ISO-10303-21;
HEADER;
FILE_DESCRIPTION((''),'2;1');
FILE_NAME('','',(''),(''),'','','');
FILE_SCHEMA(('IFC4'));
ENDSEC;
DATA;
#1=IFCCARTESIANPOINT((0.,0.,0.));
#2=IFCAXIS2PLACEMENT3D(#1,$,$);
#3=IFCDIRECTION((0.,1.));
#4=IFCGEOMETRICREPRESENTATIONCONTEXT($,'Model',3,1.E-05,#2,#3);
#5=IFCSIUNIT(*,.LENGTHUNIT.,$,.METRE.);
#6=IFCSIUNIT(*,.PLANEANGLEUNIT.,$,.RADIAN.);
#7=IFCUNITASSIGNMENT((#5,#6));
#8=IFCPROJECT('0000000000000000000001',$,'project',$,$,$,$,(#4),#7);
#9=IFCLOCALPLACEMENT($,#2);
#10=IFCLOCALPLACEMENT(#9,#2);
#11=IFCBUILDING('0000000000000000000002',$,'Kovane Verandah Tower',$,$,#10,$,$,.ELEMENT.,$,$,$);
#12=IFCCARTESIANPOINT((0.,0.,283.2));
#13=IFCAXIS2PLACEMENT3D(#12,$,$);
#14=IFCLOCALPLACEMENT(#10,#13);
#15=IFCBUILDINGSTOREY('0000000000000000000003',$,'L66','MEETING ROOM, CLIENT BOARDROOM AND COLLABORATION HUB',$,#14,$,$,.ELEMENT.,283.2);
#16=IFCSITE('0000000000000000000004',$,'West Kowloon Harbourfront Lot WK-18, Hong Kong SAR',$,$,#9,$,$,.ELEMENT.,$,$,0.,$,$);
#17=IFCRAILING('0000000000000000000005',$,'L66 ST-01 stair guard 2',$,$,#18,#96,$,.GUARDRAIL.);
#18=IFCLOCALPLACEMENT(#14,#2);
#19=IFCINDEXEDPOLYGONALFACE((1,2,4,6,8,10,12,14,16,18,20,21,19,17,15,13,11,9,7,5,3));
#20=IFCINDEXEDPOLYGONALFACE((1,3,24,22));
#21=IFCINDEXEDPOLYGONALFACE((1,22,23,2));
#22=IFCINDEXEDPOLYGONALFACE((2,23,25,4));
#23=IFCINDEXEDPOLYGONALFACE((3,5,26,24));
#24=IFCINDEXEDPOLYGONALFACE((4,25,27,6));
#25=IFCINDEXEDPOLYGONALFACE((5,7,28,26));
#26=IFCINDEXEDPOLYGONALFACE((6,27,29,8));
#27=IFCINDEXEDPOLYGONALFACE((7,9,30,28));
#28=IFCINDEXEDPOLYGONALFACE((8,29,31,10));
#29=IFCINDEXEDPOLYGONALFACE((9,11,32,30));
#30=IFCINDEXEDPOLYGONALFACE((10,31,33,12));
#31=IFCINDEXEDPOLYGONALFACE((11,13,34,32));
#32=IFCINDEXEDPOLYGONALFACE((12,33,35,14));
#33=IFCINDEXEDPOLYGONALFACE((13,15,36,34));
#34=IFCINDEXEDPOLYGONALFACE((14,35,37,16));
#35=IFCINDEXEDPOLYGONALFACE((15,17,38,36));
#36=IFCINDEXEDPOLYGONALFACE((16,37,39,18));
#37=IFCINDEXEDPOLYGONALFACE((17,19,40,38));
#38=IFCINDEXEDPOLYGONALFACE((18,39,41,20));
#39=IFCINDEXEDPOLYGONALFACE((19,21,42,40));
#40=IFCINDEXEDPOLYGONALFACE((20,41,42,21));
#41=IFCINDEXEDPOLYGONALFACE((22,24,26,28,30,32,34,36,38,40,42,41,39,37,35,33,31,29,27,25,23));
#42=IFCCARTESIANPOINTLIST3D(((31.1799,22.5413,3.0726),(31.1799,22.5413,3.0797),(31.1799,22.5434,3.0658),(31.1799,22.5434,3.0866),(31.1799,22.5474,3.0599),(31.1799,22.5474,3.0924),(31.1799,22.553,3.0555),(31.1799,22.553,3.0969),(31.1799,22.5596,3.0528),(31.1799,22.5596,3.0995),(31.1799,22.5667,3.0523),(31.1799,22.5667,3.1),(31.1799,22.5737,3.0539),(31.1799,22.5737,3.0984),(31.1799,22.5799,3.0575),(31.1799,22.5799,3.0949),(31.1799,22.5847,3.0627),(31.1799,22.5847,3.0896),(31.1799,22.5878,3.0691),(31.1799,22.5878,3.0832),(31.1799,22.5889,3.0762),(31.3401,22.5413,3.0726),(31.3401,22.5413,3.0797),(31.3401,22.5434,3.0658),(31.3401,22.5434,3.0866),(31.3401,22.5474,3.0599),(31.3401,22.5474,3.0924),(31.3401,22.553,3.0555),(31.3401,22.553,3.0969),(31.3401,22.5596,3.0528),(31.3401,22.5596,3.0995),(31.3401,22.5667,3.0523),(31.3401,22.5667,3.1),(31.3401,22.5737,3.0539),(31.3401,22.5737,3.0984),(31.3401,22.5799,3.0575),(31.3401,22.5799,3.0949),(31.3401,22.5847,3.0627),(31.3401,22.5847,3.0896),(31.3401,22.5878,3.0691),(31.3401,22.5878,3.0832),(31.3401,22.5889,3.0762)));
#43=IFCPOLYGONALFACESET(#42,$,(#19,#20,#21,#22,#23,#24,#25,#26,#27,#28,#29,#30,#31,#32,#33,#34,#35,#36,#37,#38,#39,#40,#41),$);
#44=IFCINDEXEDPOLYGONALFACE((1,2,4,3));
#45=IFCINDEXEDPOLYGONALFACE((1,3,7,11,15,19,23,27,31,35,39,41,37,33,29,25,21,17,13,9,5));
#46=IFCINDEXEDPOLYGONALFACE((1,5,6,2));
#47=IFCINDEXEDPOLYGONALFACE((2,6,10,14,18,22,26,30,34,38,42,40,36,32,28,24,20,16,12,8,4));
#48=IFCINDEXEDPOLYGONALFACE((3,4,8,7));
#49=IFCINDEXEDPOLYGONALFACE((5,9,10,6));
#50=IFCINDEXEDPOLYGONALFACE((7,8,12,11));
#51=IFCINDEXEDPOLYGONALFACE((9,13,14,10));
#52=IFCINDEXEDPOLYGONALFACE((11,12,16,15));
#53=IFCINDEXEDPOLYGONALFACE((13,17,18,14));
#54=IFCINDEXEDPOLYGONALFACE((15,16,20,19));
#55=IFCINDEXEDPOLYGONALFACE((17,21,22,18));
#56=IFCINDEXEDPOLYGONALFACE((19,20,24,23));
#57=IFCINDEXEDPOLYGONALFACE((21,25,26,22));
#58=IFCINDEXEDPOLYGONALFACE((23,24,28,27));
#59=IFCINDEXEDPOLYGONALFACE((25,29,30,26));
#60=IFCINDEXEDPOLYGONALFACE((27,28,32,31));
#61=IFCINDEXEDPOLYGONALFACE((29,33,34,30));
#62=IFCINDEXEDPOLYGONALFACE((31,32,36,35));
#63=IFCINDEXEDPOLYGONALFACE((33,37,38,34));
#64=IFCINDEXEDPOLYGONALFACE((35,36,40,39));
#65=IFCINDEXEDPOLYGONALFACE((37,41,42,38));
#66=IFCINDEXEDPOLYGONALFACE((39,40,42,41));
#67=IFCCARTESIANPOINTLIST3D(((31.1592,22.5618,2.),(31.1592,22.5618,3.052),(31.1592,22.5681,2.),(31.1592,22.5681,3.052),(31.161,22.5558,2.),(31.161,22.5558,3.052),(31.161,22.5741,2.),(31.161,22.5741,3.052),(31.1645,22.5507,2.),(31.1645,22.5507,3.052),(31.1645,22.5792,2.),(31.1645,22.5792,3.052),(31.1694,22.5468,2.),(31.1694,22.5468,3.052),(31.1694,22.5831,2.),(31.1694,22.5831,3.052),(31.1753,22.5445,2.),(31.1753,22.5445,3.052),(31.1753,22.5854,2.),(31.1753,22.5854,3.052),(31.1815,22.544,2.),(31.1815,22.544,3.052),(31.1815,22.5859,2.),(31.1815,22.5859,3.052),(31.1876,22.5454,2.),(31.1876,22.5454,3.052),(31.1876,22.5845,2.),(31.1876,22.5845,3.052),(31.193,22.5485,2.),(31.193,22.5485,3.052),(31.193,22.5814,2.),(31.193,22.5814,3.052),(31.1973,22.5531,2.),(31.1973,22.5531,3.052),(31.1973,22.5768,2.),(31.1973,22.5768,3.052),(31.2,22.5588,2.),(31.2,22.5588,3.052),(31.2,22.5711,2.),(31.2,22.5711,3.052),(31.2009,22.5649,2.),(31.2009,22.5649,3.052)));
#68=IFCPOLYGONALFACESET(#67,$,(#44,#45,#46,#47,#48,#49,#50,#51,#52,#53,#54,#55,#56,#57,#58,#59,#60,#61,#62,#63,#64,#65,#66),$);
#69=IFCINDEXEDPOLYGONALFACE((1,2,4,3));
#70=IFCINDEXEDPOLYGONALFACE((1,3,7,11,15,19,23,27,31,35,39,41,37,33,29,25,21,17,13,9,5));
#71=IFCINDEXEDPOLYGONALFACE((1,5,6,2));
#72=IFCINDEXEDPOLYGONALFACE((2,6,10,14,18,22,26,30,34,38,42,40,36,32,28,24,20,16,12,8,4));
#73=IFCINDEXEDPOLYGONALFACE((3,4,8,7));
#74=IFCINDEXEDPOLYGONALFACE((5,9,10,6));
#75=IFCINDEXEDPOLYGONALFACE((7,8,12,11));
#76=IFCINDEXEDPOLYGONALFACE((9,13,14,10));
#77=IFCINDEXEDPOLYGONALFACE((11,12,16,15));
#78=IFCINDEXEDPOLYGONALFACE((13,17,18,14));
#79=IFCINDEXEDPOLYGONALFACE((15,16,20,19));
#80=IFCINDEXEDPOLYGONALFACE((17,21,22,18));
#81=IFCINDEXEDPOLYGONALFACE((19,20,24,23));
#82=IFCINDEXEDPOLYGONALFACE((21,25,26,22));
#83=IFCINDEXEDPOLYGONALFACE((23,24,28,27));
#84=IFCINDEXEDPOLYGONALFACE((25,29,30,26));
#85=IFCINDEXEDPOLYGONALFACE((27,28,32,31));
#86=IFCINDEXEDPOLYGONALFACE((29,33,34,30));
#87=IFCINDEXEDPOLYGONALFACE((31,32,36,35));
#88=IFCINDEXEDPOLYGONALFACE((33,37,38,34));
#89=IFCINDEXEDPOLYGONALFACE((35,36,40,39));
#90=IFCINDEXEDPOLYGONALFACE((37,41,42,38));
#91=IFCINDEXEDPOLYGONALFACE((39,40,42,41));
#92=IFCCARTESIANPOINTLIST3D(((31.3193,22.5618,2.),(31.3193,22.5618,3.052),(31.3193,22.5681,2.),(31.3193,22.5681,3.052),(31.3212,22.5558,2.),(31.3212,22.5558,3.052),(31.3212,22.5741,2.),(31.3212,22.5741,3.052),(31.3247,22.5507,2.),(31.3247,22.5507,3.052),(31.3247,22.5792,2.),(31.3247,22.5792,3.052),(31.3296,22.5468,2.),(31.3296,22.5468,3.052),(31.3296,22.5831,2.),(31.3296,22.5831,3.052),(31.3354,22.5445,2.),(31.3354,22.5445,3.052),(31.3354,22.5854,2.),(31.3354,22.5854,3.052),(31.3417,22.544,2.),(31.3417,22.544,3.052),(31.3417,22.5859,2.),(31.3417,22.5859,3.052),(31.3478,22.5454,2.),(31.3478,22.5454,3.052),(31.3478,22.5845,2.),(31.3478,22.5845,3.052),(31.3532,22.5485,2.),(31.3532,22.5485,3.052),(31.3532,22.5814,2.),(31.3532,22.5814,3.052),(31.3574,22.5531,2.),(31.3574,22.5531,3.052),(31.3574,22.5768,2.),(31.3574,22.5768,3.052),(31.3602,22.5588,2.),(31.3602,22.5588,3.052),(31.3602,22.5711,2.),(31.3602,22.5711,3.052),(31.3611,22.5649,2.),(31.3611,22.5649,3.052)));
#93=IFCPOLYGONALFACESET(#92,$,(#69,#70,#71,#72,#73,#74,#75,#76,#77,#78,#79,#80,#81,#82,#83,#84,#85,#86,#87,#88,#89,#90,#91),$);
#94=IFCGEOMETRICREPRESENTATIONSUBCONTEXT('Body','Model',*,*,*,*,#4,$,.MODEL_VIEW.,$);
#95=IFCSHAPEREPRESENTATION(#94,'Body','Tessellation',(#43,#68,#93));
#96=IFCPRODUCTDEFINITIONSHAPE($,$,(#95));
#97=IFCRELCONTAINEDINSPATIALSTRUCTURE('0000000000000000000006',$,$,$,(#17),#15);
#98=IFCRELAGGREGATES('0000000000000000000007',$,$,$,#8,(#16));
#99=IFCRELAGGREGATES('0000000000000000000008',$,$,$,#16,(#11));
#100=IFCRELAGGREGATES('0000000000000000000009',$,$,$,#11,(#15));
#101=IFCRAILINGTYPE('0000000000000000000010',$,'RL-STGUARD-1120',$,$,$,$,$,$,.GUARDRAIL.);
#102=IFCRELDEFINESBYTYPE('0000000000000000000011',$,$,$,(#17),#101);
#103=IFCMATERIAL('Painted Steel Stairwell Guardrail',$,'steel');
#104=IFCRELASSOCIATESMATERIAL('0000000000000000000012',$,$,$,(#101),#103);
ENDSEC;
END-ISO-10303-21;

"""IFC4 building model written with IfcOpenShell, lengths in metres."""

from ifc_helpers import new_model, si_unit, direction, frame, origin, origin_2d, place, context, subcontext, project, spatial, circle, extrude, material, type_object, element, save


model = new_model("IFC4")

# Units and contexts
model_context = context("Model", 3, precision=1e-05, world=origin(), true_north=direction((0.0, 1.0)))
body_context = subcontext(model_context, "Body", "Model", "MODEL_VIEW")
ifc_project = project(units=[si_unit("LENGTHUNIT", "METRE"), si_unit("PLANEANGLEUNIT", "RADIAN")], contexts=[model_context])

# Site, building, storey
site_placement = place(None, origin())
site = spatial("IfcSite", under=ifc_project, at=site_placement, Name="West Kowloon Harbourfront Lot WK-18, Hong Kong SAR", CompositionType="ELEMENT", RefElevation=0.0)
building_placement = place(site_placement, origin())
building = spatial("IfcBuilding", under=site, at=building_placement, Name="Kovane Verandah Tower", CompositionType="ELEMENT")
storey_placement = place(building_placement, frame((0.0, 0.0, 283.2)))
storey = spatial("IfcBuildingStorey", under=building, at=storey_placement, Name="L66", Description="MEETING ROOM, CLIENT BOARDROOM AND COLLABORATION HUB", CompositionType="ELEMENT", Elevation=283.2)

# Railing
ifc_material_1 = material(Name="Painted Steel Stairwell Guardrail", Category="steel")
railing_type_1 = type_object("IfcRailingType", Name="RL-STGUARD-1120", PredefinedType="GUARDRAIL", material=ifc_material_1)
railing_1_placement = place(storey_placement, frame((31.1799, 22.5649, 2.0)))
element("IfcRailing", 1, at=railing_1_placement, inside=storey, type_object=railing_type_1, Name="L66 ST-01 stair guard 2", PredefinedType="GUARDRAIL", context=body_context, shape_type="SweptSolid", body=[
    extrude(circle(Radius=0.0239, at=origin_2d()), frame((0.0, 0.0, 1.0762), z_axis=(1.0, 0.0, 0.0), x_axis=(0.0, 1.0, 0.0)), (0.0, 0.0, 1.0), 0.1602),
    extrude(circle(Radius=0.021, at=origin_2d()), origin(), (0.0, 0.0, 1.0), 1.052),
    extrude(circle(Radius=0.021, at=origin_2d()), frame((0.1602, 0.0, 0.0)), (0.0, 0.0, 1.0), 1.052),
])

save(model, "model.ifc")
